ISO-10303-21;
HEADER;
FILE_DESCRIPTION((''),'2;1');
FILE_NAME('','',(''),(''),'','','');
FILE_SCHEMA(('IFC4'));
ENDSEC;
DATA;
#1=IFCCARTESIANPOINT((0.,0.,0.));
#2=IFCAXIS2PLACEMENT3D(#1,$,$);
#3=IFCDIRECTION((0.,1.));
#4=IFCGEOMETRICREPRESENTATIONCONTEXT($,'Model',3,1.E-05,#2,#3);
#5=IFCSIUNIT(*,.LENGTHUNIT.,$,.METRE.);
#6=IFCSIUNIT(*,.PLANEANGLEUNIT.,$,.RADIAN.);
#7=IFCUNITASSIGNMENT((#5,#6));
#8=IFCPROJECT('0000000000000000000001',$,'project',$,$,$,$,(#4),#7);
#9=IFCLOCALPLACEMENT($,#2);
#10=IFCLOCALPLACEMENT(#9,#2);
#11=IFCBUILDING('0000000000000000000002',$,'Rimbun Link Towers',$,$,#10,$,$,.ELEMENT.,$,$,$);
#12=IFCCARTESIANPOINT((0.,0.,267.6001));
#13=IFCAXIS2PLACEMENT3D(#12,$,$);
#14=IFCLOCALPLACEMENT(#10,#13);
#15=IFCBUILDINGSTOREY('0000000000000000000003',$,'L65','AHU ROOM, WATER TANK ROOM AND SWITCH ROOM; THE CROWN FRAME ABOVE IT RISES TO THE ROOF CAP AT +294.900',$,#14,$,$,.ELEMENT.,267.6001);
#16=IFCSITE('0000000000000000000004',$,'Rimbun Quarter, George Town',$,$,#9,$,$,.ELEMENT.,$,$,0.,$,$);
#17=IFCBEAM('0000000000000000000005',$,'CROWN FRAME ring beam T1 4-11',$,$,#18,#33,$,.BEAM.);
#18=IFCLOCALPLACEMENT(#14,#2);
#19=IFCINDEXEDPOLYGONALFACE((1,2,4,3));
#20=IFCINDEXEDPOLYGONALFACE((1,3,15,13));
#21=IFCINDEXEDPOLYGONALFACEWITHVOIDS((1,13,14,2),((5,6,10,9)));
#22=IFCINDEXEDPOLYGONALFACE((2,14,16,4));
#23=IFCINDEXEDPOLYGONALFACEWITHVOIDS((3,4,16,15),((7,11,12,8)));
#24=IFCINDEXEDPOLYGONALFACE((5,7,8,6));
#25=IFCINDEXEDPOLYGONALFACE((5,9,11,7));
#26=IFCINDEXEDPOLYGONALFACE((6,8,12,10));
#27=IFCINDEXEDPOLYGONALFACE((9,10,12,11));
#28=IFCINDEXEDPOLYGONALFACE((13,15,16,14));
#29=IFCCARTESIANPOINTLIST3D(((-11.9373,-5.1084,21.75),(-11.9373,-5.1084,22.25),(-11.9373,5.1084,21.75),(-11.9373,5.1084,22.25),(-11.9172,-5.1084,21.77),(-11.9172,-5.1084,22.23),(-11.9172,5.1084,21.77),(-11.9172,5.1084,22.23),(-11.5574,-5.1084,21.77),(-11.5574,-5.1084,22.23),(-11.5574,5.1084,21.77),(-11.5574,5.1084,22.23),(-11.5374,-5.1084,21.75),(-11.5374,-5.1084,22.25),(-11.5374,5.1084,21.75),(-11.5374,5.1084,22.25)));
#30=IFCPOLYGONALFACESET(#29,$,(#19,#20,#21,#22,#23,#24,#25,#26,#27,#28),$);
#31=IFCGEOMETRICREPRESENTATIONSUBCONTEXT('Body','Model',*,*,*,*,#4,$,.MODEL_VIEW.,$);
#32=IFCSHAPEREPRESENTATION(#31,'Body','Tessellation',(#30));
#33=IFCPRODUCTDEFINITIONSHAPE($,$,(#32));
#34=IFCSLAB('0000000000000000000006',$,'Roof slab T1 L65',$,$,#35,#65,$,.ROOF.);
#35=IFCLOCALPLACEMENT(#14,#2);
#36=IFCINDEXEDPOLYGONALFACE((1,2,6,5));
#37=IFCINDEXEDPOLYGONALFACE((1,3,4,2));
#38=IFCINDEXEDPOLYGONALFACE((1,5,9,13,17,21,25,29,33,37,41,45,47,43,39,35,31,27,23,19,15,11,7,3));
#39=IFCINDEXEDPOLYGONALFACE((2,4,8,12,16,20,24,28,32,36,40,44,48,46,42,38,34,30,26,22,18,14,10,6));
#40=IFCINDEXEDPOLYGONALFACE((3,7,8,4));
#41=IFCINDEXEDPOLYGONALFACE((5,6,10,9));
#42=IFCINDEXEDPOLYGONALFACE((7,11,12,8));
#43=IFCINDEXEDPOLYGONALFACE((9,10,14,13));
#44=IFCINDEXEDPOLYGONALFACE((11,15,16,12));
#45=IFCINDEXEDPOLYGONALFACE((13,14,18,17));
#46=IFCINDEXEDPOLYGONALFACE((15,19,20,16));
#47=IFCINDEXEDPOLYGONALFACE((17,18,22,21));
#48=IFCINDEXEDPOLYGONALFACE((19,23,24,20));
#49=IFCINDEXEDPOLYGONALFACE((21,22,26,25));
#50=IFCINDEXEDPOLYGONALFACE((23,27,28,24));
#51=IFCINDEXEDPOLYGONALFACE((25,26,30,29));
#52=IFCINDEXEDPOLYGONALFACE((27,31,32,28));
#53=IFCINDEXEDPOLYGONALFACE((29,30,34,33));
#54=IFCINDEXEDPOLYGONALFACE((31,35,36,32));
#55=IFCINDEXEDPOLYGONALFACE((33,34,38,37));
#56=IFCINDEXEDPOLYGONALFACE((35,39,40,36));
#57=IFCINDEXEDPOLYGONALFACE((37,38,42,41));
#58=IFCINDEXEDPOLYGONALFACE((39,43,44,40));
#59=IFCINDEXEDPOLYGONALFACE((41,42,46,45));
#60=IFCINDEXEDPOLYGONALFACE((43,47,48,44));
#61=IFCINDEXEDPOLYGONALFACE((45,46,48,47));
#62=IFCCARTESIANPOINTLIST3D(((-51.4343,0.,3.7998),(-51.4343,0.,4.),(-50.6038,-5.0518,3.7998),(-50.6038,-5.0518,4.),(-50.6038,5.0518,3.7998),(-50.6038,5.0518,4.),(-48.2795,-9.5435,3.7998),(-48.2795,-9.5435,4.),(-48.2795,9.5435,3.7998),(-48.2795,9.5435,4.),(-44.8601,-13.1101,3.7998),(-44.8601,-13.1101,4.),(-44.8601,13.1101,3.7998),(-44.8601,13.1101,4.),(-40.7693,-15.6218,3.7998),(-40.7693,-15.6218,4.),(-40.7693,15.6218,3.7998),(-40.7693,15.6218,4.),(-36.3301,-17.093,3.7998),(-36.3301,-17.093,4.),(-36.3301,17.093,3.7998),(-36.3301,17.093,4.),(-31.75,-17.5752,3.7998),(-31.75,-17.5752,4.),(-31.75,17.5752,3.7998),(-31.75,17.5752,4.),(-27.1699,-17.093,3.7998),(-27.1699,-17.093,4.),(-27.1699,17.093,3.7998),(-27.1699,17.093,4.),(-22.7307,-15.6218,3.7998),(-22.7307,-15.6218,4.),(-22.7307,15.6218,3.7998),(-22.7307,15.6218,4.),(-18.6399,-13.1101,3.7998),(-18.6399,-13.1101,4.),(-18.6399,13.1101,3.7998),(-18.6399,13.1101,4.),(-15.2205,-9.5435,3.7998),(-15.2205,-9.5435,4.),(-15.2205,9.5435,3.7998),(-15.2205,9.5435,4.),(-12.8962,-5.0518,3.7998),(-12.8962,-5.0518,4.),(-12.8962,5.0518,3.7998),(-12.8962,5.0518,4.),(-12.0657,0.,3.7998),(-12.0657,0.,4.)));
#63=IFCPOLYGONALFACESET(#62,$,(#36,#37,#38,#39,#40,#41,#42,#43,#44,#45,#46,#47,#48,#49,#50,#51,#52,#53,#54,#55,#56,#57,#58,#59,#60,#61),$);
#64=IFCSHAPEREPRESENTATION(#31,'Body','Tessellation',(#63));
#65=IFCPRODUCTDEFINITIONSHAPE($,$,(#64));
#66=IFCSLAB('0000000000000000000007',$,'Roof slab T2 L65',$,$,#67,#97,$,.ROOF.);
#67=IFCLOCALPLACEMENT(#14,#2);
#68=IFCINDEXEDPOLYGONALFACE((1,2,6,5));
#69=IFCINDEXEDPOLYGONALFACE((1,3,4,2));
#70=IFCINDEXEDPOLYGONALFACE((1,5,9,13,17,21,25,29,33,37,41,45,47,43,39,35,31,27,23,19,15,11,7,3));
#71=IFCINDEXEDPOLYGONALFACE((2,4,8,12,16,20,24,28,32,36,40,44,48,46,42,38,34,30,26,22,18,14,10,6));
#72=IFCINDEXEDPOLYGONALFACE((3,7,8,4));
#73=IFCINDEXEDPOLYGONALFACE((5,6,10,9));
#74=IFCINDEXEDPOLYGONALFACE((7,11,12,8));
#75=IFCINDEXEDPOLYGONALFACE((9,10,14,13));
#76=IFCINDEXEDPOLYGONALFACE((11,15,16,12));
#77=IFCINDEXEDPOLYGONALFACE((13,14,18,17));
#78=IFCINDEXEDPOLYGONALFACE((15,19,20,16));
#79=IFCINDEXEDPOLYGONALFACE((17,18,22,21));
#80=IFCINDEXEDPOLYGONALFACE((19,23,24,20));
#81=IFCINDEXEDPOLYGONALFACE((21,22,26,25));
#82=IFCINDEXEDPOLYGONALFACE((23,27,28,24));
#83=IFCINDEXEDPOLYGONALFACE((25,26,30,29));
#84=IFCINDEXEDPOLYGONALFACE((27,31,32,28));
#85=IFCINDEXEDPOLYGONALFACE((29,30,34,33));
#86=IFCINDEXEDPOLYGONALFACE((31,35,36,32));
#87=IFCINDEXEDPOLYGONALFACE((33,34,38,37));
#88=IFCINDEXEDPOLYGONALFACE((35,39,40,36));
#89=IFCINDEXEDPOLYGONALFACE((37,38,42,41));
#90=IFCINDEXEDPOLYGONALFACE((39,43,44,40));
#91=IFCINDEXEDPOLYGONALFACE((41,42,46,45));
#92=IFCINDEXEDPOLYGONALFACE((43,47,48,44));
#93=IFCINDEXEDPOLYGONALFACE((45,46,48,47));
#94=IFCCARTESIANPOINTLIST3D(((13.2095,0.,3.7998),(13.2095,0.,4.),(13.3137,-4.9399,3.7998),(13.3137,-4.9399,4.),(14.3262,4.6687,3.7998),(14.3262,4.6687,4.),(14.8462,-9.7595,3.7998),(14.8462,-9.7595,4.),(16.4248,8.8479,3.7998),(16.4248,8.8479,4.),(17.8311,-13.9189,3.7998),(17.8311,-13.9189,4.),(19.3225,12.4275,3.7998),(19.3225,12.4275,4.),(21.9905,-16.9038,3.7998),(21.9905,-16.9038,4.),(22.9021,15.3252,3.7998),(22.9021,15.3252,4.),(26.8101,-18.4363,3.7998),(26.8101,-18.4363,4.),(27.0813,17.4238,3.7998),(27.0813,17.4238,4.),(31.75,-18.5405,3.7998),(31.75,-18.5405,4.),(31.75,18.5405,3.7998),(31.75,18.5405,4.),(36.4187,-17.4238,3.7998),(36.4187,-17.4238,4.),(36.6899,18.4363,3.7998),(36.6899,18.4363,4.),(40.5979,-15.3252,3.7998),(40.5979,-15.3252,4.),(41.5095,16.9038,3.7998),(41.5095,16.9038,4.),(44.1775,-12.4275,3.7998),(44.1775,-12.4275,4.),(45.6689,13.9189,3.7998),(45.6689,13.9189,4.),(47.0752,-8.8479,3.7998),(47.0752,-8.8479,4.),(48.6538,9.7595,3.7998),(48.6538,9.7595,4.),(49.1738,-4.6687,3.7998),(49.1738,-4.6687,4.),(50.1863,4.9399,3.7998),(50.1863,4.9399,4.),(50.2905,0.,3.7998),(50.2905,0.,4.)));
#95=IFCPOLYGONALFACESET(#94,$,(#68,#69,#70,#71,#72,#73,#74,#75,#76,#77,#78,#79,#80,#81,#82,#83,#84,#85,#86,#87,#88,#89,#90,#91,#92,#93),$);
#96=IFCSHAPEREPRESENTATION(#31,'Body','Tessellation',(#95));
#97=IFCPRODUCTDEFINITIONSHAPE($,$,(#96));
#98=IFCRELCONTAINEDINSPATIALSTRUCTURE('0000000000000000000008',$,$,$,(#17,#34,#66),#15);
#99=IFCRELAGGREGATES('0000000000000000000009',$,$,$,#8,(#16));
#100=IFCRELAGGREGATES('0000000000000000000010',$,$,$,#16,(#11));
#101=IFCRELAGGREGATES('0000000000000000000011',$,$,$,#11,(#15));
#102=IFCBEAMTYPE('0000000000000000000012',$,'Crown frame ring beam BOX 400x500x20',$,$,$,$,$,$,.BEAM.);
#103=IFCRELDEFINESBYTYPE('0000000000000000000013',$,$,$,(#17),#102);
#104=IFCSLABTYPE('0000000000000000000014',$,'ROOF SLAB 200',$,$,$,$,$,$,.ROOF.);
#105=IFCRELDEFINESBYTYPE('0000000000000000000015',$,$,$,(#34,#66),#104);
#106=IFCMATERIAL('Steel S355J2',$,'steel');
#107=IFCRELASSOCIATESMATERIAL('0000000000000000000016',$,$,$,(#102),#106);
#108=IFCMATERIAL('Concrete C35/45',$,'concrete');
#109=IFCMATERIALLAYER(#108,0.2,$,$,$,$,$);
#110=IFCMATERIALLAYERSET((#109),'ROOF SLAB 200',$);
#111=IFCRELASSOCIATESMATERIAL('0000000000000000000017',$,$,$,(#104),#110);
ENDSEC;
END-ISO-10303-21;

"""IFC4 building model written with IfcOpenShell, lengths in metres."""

from ifc_helpers import new_model, si_unit, direction, frame, origin, origin_2d, place, context, subcontext, project, spatial, polyline, hollow_rectangle, outline, extrude, material, layer, layer_set, material_profile, profile_set, type_object, element, save


model = new_model("IFC4")

# Units and contexts
model_context = context("Model", 3, precision=1e-05, world=origin(), true_north=direction((0.0, 1.0)))
body_context = subcontext(model_context, "Body", "Model", "MODEL_VIEW")
ifc_project = project(units=[si_unit("LENGTHUNIT", "METRE"), si_unit("PLANEANGLEUNIT", "RADIAN")], contexts=[model_context])

# Site, building, storey
site_placement = place(None, origin())
site = spatial("IfcSite", under=ifc_project, at=site_placement, Name="Rimbun Quarter, George Town", CompositionType="ELEMENT", RefElevation=0.0)
building_placement = place(site_placement, origin())
building = spatial("IfcBuilding", under=site, at=building_placement, Name="Rimbun Link Towers", CompositionType="ELEMENT")
storey_placement = place(building_placement, frame((0.0, 0.0, 267.6001)))
storey = spatial("IfcBuildingStorey", under=building, at=storey_placement, Name="L65", Description="AHU ROOM, WATER TANK ROOM AND SWITCH ROOM; THE CROWN FRAME ABOVE IT RISES TO THE ROOF CAP AT +294.900", CompositionType="ELEMENT", Elevation=267.6001)

# Beam
ifc_material_1 = material(Name="Steel S355J2", Category="steel")
ifc_material_profile_1 = material_profile(ifc_material_1, hollow_rectangle(XDim=0.3999, YDim=0.5, WallThickness=0.02, at=origin_2d()), Name="Crown frame ring beam BOX 400x500x20")
ifc_profile_set_1 = profile_set([ifc_material_profile_1], Name="Steel S355J2")
beam_type = type_object("IfcBeamType", Name="Crown frame ring beam BOX 400x500x20", PredefinedType="BEAM", material=ifc_profile_set_1)
beam_1_placement = place(storey_placement, frame((-11.7373, -5.1084, 22.0), z_axis=(0.0, 1.0, 0.0), x_axis=(-1.0, 0.0, 0.0)))
element("IfcBeam", 1, at=beam_1_placement, inside=storey, type_object=beam_type, Name="CROWN FRAME ring beam T1 4-11", PredefinedType="BEAM", context=body_context, shape_type="SweptSolid", body=[
    extrude(hollow_rectangle(XDim=0.3999, YDim=0.5, WallThickness=0.02, at=origin_2d()), origin(), (0.0, 0.0, 1.0), 10.2168),
])

# Slabs
ifc_material_2 = material(Name="Concrete C35/45", Category="concrete")
ifc_layer = layer(ifc_material_2, 0.2)
ifc_layer_set = layer_set([ifc_layer], Name="ROOF SLAB 200")
slab_type = type_object("IfcSlabType", Name="ROOF SLAB 200", PredefinedType="ROOF", material=ifc_layer_set)
slab_1_placement = place(storey_placement, frame((0.0, 0.0, 3.7998)))
element("IfcSlab", 2, at=slab_1_placement, inside=storey, type_object=slab_type, Name="Roof slab T1 L65", PredefinedType="ROOF", context=body_context, shape_type="SweptSolid", body=[
    extrude(outline(polyline([(-12.0657, 0.0), (-12.8962, 5.0518), (-15.2205, 9.5435), (-18.6399, 13.1101), (-22.7307, 15.6218), (-27.1699, 17.093), (-31.75, 17.5752), (-36.3301, 17.093), (-40.7693, 15.6218), (-44.8601, 13.1101), (-48.2795, 9.5435), (-50.6038, 5.0518), (-51.4343, 0.0), (-50.6038, -5.0518), (-48.2795, -9.5435), (-44.8601, -13.1101), (-40.7693, -15.6218), (-36.3301, -17.093), (-31.75, -17.5752), (-27.1699, -17.093), (-22.7307, -15.6218), (-18.6399, -13.1101), (-15.2205, -9.5435), (-12.8962, -5.0518), (-12.0657, 0.0)])), origin(), (0.0, 0.0, 1.0), 0.2002),
])
slab_2_placement = place(storey_placement, frame((0.0, 0.0, 3.7998)))
element("IfcSlab", 3, at=slab_2_placement, inside=storey, type_object=slab_type, Name="Roof slab T2 L65", PredefinedType="ROOF", context=body_context, shape_type="SweptSolid", body=[
    extrude(outline(polyline([(45.6689, 13.9189), (41.5095, 16.9038), (36.6899, 18.4363), (31.75, 18.5405), (27.0813, 17.4238), (22.9021, 15.3252), (19.3225, 12.4275), (16.4248, 8.8479), (14.3262, 4.6687), (13.2095, 0.0), (13.3137, -4.9399), (14.8462, -9.7595), (17.8311, -13.9189), (21.9905, -16.9038), (26.8101, -18.4363), (31.75, -18.5405), (36.4187, -17.4238), (40.5979, -15.3252), (44.1775, -12.4275), (47.0752, -8.8479), (49.1738, -4.6687), (50.2905, 0.0), (50.1863, 4.9399), (48.6538, 9.7595), (45.6689, 13.9189)])), origin(), (0.0, 0.0, 1.0), 0.2002),
])

save(model, "model.ifc")
